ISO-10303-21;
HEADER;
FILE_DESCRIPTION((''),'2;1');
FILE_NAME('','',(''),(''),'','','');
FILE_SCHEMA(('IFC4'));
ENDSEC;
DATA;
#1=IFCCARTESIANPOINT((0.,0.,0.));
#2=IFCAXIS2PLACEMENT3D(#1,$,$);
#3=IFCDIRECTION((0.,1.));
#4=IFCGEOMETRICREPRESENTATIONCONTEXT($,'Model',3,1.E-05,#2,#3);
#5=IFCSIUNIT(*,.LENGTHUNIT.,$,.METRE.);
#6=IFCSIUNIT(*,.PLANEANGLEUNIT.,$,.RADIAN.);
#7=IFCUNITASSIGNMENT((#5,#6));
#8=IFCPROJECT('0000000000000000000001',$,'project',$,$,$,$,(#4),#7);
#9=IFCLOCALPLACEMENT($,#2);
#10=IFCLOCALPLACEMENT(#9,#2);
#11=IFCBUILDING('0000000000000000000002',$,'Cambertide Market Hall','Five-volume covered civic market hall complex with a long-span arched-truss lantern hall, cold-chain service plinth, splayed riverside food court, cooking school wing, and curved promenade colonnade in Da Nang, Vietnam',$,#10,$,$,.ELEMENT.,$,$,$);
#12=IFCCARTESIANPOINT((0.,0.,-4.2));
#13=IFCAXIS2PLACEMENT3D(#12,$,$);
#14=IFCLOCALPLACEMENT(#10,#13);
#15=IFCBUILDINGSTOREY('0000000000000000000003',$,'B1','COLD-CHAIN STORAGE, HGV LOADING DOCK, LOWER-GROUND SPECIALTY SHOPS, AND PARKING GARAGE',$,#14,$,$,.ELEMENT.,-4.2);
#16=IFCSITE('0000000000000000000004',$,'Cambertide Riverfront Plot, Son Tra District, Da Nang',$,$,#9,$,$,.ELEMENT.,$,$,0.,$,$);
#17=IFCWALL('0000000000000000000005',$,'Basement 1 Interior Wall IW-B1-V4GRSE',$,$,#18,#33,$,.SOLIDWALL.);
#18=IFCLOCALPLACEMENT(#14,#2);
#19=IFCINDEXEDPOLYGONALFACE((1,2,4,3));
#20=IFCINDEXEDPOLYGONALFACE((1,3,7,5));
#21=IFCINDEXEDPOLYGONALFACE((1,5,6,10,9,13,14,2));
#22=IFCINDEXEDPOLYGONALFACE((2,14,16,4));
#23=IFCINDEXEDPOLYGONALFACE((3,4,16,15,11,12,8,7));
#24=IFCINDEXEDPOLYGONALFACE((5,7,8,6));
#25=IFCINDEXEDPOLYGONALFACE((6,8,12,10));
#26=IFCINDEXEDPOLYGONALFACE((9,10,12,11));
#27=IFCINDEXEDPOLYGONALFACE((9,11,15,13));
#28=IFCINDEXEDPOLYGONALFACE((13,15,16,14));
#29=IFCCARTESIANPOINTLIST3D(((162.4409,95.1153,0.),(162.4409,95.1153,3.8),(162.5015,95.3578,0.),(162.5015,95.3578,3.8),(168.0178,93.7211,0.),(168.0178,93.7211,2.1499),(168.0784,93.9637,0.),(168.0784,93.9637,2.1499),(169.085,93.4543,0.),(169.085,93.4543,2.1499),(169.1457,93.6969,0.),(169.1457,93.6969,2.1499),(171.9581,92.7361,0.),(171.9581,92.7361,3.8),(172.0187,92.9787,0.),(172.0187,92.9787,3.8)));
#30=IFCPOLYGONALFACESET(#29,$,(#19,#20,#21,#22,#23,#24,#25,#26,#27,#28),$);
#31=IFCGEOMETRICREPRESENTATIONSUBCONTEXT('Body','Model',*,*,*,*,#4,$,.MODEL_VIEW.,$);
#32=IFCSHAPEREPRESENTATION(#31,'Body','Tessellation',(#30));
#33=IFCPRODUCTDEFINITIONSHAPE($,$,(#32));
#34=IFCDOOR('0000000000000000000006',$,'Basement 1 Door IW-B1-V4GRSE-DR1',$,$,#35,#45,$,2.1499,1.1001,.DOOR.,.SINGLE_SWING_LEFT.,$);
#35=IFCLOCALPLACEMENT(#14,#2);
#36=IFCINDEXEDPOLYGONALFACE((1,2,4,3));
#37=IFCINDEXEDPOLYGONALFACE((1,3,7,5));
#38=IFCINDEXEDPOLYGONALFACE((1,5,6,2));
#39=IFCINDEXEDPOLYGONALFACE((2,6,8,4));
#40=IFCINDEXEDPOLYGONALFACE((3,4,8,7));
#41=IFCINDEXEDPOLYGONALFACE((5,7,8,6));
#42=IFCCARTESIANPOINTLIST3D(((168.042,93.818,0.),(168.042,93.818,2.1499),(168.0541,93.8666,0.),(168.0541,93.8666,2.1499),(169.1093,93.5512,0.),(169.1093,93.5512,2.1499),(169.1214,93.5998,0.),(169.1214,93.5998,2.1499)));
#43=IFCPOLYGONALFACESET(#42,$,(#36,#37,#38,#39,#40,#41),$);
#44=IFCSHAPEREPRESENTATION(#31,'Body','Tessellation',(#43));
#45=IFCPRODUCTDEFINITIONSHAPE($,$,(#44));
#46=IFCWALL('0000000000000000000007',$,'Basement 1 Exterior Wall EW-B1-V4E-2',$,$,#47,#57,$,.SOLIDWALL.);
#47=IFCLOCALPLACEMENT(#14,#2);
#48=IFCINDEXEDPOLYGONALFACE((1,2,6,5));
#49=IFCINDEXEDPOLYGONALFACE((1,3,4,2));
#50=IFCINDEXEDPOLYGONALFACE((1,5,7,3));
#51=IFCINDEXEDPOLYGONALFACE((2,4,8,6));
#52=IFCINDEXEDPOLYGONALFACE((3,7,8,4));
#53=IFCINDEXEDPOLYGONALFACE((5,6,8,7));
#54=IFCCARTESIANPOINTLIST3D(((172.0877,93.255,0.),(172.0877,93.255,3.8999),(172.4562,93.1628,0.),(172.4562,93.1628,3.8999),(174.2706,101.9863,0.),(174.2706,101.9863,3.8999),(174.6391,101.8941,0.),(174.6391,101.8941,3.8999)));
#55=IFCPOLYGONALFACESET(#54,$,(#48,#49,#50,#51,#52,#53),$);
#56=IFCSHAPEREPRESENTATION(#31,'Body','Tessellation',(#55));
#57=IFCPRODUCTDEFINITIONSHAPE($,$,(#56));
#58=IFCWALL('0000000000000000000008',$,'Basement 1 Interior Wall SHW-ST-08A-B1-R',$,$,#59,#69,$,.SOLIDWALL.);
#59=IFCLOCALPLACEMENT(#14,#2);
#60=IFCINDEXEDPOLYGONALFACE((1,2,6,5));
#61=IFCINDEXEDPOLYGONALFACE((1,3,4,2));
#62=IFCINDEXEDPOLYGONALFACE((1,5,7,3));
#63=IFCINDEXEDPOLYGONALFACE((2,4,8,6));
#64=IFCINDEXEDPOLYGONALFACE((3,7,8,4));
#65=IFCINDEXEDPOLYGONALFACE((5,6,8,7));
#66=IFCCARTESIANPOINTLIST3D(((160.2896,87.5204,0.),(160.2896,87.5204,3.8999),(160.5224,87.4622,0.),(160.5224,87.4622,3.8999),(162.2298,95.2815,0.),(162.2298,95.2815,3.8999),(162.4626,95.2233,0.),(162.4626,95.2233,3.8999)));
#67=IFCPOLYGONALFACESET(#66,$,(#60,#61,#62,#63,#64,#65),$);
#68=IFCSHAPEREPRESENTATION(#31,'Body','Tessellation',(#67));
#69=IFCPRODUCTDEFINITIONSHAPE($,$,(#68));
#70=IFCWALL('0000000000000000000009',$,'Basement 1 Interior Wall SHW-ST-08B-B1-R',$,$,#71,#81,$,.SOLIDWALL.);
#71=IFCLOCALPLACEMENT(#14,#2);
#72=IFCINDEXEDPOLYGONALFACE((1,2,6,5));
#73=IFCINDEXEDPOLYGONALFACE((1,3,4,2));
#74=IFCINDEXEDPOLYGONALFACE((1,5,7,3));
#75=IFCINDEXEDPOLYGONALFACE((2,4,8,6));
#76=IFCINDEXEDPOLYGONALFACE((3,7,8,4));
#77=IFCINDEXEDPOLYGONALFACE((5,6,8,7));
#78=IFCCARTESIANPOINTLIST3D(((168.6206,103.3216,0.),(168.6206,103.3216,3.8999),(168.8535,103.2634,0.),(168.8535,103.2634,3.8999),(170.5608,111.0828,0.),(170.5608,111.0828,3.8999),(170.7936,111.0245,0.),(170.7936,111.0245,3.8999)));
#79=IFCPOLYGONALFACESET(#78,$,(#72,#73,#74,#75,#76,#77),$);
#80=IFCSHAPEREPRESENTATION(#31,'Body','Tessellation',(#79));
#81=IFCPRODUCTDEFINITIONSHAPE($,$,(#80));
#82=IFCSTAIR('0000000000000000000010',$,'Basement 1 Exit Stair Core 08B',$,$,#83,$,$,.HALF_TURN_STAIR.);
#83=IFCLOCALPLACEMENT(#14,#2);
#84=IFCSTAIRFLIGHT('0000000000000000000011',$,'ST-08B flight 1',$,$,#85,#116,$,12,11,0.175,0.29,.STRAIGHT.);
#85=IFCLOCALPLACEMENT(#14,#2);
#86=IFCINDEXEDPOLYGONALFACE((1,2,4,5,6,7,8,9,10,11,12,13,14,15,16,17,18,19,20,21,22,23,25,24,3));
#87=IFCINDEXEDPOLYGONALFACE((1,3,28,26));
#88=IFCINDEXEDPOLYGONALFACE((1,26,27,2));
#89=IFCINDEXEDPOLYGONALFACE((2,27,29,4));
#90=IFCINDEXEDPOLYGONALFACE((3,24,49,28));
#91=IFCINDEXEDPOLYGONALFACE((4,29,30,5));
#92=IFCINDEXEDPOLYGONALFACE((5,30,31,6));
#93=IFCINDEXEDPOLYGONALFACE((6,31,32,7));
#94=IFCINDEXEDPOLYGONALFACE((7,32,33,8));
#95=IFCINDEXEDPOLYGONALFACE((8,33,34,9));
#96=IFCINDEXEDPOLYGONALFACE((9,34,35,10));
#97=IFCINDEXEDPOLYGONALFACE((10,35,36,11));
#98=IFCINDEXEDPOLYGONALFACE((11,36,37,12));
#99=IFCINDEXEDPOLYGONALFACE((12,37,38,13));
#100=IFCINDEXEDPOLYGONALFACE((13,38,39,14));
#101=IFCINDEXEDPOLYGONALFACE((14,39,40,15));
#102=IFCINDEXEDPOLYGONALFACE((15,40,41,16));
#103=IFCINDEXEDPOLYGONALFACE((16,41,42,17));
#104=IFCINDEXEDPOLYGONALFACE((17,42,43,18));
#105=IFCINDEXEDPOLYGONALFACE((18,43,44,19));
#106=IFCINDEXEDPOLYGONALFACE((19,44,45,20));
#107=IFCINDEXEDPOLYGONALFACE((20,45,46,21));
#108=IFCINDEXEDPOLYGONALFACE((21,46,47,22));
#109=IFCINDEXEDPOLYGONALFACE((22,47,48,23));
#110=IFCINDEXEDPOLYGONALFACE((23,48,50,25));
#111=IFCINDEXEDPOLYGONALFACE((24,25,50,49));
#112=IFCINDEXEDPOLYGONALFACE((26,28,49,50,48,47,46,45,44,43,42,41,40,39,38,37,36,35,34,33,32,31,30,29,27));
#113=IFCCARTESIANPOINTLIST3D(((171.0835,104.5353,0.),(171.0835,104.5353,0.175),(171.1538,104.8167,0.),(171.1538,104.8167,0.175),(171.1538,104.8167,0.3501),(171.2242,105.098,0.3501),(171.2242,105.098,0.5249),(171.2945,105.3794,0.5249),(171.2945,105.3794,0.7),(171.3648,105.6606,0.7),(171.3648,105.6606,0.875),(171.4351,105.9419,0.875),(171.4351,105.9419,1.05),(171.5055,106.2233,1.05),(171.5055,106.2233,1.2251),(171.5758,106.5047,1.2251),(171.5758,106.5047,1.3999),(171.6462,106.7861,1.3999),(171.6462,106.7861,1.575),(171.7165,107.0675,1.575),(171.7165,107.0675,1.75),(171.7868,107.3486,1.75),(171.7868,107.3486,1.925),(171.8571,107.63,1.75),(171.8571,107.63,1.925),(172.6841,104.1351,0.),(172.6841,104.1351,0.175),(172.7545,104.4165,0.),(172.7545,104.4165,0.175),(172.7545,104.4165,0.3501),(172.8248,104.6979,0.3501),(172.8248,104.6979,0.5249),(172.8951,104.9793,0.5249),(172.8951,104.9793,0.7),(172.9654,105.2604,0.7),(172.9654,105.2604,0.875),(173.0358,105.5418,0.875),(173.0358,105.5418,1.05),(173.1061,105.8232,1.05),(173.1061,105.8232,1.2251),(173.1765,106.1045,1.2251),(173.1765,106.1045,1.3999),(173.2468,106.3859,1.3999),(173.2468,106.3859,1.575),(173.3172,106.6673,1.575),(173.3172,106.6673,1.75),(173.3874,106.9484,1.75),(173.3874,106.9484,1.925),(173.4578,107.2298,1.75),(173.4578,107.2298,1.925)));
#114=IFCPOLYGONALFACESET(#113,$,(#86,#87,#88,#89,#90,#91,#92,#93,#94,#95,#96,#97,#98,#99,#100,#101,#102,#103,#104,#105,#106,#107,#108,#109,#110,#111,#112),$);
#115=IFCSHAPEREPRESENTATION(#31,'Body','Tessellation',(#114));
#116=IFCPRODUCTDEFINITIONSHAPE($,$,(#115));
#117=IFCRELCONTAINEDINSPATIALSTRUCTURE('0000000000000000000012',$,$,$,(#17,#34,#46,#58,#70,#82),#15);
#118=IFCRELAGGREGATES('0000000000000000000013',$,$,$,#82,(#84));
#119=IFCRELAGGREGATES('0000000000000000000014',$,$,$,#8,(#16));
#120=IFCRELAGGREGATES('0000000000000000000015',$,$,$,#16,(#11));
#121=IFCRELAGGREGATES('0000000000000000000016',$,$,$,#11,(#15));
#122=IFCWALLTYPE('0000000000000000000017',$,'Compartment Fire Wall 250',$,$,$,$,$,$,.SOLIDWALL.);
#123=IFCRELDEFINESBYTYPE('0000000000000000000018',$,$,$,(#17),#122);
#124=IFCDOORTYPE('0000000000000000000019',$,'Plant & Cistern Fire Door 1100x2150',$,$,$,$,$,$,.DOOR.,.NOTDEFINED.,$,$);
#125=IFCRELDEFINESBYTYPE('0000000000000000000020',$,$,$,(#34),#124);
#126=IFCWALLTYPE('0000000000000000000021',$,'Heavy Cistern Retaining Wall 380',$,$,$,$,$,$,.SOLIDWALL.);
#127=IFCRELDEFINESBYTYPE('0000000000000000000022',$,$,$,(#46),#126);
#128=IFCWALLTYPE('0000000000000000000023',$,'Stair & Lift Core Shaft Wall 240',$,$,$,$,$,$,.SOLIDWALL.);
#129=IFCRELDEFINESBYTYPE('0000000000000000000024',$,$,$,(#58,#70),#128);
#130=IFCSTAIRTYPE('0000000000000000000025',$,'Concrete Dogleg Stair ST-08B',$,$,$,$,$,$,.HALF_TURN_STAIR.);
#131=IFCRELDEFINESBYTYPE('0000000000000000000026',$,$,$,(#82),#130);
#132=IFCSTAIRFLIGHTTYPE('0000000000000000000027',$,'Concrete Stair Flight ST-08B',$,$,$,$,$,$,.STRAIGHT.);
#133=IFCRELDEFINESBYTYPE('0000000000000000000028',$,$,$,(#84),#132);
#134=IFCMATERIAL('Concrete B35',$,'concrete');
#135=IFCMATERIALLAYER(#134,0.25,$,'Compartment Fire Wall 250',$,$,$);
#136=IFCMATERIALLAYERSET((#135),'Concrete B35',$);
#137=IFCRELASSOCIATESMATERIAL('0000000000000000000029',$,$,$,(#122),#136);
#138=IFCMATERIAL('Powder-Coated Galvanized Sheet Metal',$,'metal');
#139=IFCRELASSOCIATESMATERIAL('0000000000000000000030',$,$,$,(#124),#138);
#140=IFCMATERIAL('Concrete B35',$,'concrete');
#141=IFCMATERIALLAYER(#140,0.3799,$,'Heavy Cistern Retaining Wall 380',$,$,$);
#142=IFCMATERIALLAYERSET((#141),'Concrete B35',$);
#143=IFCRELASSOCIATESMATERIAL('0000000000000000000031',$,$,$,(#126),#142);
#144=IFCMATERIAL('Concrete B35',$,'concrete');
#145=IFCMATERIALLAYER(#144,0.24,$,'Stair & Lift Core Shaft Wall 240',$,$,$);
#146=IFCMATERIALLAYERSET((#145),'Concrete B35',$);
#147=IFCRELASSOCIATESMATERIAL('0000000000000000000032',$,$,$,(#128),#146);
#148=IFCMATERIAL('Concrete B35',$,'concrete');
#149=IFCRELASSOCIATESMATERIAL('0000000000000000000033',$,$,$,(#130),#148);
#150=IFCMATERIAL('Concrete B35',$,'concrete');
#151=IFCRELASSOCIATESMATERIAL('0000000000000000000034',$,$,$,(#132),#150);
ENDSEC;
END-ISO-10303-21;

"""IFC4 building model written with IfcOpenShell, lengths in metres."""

from ifc_helpers import new_model, si_unit, direction, frame, frame_2d, origin, place, context, subcontext, project, spatial, polyline, rectangle, outline, extrude, material, layer, layer_set, type_object, element, fill, aggregate, save


model = new_model("IFC4")

# Units and contexts
model_context = context("Model", 3, precision=1e-05, world=origin(), true_north=direction((0.0, 1.0)))
body_context = subcontext(model_context, "Body", "Model", "MODEL_VIEW")
ifc_project = project(units=[si_unit("LENGTHUNIT", "METRE"), si_unit("PLANEANGLEUNIT", "RADIAN")], contexts=[model_context])

# Site, building, storey
site_placement = place(None, origin())
site = spatial("IfcSite", under=ifc_project, at=site_placement, Name="Cambertide Riverfront Plot, Son Tra District, Da Nang", CompositionType="ELEMENT", RefElevation=0.0)
building_placement = place(site_placement, origin())
building = spatial("IfcBuilding", under=site, at=building_placement, Name="Cambertide Market Hall", Description="Five-volume covered civic market hall complex with a long-span arched-truss lantern hall, cold-chain service plinth, splayed riverside food court, cooking school wing, and curved promenade colonnade in Da Nang, Vietnam", CompositionType="ELEMENT")
storey_placement = place(building_placement, frame((0.0, 0.0, -4.2)))
storey = spatial("IfcBuildingStorey", under=building, at=storey_placement, Name="B1", Description="COLD-CHAIN STORAGE, HGV LOADING DOCK, LOWER-GROUND SPECIALTY SHOPS, AND PARKING GARAGE", CompositionType="ELEMENT", Elevation=-4.2)

# Wall, opening, door
ifc_material_1 = material(Name="Concrete B35", Category="concrete")
ifc_layer_1 = layer(ifc_material_1, 0.25, Name="Compartment Fire Wall 250")
ifc_layer_set_1 = layer_set([ifc_layer_1], Name="Concrete B35")
wall_type_1 = type_object("IfcWallType", Name="Compartment Fire Wall 250", PredefinedType="SOLIDWALL", material=ifc_layer_set_1)
wall_1_placement = place(storey_placement, frame((162.4712, 95.2366, 0.0), z_axis=(0.0, 0.0, 1.0), x_axis=(0.970145, -0.242524, 0.0)))
wall_1 = element("IfcWall", 1, at=wall_1_placement, inside=storey, type_object=wall_type_1, Name="Basement 1 Interior Wall IW-B1-V4GRSE", PredefinedType="SOLIDWALL", context=body_context, shape_type="SweptSolid", body=[
    extrude(rectangle(XDim=9.8101, YDim=0.25, at=frame_2d((4.905, 0.0))), origin(), (0.0, 0.0, 1.0), 3.8),
])
opening_1_placement = place(wall_1_placement, frame((5.7485, 0.0, 0.0)))
opening_1 = element("IfcOpeningElement", 2, at=opening_1_placement, cuts=wall_1, PredefinedType="OPENING", context=body_context, shape_type="SweptSolid", body=[
    extrude(rectangle(XDim=1.1001, YDim=2.1499, at=frame_2d((0.55, 1.075))), frame((0.0, 0.135, 0.0), z_axis=(0.0, -1.0, 0.0), x_axis=(1.0, 0.0, 0.0)), (0.0, 0.0, 1.0), 0.27),
])
ifc_material_2 = material(Name="Powder-Coated Galvanized Sheet Metal", Category="metal")
door_type_1 = type_object("IfcDoorType", Name="Plant & Cistern Fire Door 1100x2150", OperationType="NOTDEFINED", PredefinedType="DOOR", material=ifc_material_2)
door_1_placement = place(opening_1_placement, origin())
door_1 = element("IfcDoor", 3, at=door_1_placement, inside=storey, type_object=door_type_1, Name="Basement 1 Door IW-B1-V4GRSE-DR1", OperationType="SINGLE_SWING_LEFT", OverallHeight=2.1499, OverallWidth=1.1001, PredefinedType="DOOR", context=body_context, shape_type="SweptSolid", body=[
    extrude(rectangle(XDim=1.1001, YDim=2.1499, at=frame_2d((0.55, 1.075))), frame((0.0, 0.0249, 0.0), z_axis=(0.0, -1.0, 0.0), x_axis=(1.0, 0.0, 0.0)), (0.0, 0.0, 1.0), 0.05),
])
fill(opening_1, door_1)

# Walls
ifc_material_3 = material(Name="Concrete B35", Category="concrete")
ifc_layer_2 = layer(ifc_material_3, 0.3799, Name="Heavy Cistern Retaining Wall 380")
ifc_layer_set_2 = layer_set([ifc_layer_2], Name="Concrete B35")
wall_type_2 = type_object("IfcWallType", Name="Heavy Cistern Retaining Wall 380", PredefinedType="SOLIDWALL", material=ifc_layer_set_2)
wall_2_placement = place(storey_placement, frame((174.4548, 101.9402, 0.0), z_axis=(0.0, 0.0, 1.0), x_axis=(-0.242542, -0.970141, 0.0)))
element("IfcWall", 4, at=wall_2_placement, inside=storey, type_object=wall_type_2, Name="Basement 1 Exterior Wall EW-B1-V4E-2", PredefinedType="SOLIDWALL", context=body_context, shape_type="SweptSolid", body=[
    extrude(rectangle(XDim=9.0, YDim=0.3799, at=frame_2d((4.5, 0.0))), origin(), (0.0, 0.0, 1.0), 3.8999),
])
ifc_material_4 = material(Name="Concrete B35", Category="concrete")
ifc_layer_3 = layer(ifc_material_4, 0.24, Name="Stair & Lift Core Shaft Wall 240")
ifc_layer_set_3 = layer_set([ifc_layer_3], Name="Concrete B35")
wall_type_3 = type_object("IfcWallType", Name="Stair & Lift Core Shaft Wall 240", PredefinedType="SOLIDWALL", material=ifc_layer_set_3)
wall_3_placement = place(storey_placement, frame((162.3462, 95.2524, 0.0), z_axis=(0.0, 0.0, 1.0), x_axis=(-0.242521, -0.970146, 0.0)))
element("IfcWall", 5, at=wall_3_placement, inside=storey, type_object=wall_type_3, Name="Basement 1 Interior Wall SHW-ST-08A-B1-R", PredefinedType="SOLIDWALL", context=body_context, shape_type="SweptSolid", body=[
    extrude(rectangle(XDim=8.0, YDim=0.24, at=frame_2d((4.0, 0.0))), origin(), (0.0, 0.0, 1.0), 3.8999),
])

# Wall
wall_4_placement = place(storey_placement, frame((168.7371, 103.2925, 0.0), z_axis=(0.0, 0.0, 1.0), x_axis=(0.242521, 0.970146, 0.0)))
element("IfcWall", 6, at=wall_4_placement, inside=storey, type_object=wall_type_3, Name="Basement 1 Interior Wall SHW-ST-08B-B1-R", PredefinedType="SOLIDWALL", context=body_context, shape_type="SweptSolid", body=[
    extrude(rectangle(XDim=8.0, YDim=0.24, at=frame_2d((4.0, 0.0))), origin(), (0.0, 0.0, 1.0), 3.8999),
])

# Stair, stair flight
ifc_material_5 = material(Name="Concrete B35", Category="concrete")
stair_type = type_object("IfcStairType", Name="Concrete Dogleg Stair ST-08B", PredefinedType="HALF_TURN_STAIR", material=ifc_material_5)
stair_placement = place(storey_placement, origin())
stair = element("IfcStair", 7, at=stair_placement, inside=storey, type_object=stair_type, Name="Basement 1 Exit Stair Core 08B", PredefinedType="HALF_TURN_STAIR")
ifc_material_6 = material(Name="Concrete B35", Category="concrete")
stair_flight_type = type_object("IfcStairFlightType", Name="Concrete Stair Flight ST-08B", PredefinedType="STRAIGHT", material=ifc_material_6)
stair_flight_placement = place(storey_placement, frame((171.8838, 104.3352, 0.0), z_axis=(0.0, 0.0, 1.0), x_axis=(0.242536, 0.970143, 0.0)))
stair_flight = element("IfcStairFlight", 8, at=stair_flight_placement, type_object=stair_flight_type, Name="ST-08B flight 1", NumberOfRisers=12, NumberOfTreads=11, PredefinedType="STRAIGHT", RiserHeight=0.175, TreadLength=0.29, context=body_context, shape_type="SweptSolid", body=[
    extrude(outline(polyline([(0.0, 0.0), (0.0, 0.175), (0.29, 0.175), (0.29, 0.3501), (0.5801, 0.3501), (0.5801, 0.5249), (0.8701, 0.5249), (0.8701, 0.7), (1.1599, 0.7), (1.1599, 0.875), (1.45, 0.875), (1.45, 1.05), (1.74, 1.05), (1.74, 1.2251), (2.03, 1.2251), (2.03, 1.3999), (2.3201, 1.3999), (2.3201, 1.575), (2.6101, 1.575), (2.6101, 1.75), (2.8999, 1.75), (2.8999, 1.925), (3.1899, 1.925), (3.1899, 2.1001), (3.1899, 1.75), (0.29, 0.0), (0.0, 0.0)])), frame((0.0, 0.825, 0.0), z_axis=(0.0, -1.0, 0.0), x_axis=(1.0, 0.0, 0.0)), (0.0, 0.0, 1.0), 1.6499),
])
aggregate(stair, [stair_flight])

save(model, "model.ifc")
